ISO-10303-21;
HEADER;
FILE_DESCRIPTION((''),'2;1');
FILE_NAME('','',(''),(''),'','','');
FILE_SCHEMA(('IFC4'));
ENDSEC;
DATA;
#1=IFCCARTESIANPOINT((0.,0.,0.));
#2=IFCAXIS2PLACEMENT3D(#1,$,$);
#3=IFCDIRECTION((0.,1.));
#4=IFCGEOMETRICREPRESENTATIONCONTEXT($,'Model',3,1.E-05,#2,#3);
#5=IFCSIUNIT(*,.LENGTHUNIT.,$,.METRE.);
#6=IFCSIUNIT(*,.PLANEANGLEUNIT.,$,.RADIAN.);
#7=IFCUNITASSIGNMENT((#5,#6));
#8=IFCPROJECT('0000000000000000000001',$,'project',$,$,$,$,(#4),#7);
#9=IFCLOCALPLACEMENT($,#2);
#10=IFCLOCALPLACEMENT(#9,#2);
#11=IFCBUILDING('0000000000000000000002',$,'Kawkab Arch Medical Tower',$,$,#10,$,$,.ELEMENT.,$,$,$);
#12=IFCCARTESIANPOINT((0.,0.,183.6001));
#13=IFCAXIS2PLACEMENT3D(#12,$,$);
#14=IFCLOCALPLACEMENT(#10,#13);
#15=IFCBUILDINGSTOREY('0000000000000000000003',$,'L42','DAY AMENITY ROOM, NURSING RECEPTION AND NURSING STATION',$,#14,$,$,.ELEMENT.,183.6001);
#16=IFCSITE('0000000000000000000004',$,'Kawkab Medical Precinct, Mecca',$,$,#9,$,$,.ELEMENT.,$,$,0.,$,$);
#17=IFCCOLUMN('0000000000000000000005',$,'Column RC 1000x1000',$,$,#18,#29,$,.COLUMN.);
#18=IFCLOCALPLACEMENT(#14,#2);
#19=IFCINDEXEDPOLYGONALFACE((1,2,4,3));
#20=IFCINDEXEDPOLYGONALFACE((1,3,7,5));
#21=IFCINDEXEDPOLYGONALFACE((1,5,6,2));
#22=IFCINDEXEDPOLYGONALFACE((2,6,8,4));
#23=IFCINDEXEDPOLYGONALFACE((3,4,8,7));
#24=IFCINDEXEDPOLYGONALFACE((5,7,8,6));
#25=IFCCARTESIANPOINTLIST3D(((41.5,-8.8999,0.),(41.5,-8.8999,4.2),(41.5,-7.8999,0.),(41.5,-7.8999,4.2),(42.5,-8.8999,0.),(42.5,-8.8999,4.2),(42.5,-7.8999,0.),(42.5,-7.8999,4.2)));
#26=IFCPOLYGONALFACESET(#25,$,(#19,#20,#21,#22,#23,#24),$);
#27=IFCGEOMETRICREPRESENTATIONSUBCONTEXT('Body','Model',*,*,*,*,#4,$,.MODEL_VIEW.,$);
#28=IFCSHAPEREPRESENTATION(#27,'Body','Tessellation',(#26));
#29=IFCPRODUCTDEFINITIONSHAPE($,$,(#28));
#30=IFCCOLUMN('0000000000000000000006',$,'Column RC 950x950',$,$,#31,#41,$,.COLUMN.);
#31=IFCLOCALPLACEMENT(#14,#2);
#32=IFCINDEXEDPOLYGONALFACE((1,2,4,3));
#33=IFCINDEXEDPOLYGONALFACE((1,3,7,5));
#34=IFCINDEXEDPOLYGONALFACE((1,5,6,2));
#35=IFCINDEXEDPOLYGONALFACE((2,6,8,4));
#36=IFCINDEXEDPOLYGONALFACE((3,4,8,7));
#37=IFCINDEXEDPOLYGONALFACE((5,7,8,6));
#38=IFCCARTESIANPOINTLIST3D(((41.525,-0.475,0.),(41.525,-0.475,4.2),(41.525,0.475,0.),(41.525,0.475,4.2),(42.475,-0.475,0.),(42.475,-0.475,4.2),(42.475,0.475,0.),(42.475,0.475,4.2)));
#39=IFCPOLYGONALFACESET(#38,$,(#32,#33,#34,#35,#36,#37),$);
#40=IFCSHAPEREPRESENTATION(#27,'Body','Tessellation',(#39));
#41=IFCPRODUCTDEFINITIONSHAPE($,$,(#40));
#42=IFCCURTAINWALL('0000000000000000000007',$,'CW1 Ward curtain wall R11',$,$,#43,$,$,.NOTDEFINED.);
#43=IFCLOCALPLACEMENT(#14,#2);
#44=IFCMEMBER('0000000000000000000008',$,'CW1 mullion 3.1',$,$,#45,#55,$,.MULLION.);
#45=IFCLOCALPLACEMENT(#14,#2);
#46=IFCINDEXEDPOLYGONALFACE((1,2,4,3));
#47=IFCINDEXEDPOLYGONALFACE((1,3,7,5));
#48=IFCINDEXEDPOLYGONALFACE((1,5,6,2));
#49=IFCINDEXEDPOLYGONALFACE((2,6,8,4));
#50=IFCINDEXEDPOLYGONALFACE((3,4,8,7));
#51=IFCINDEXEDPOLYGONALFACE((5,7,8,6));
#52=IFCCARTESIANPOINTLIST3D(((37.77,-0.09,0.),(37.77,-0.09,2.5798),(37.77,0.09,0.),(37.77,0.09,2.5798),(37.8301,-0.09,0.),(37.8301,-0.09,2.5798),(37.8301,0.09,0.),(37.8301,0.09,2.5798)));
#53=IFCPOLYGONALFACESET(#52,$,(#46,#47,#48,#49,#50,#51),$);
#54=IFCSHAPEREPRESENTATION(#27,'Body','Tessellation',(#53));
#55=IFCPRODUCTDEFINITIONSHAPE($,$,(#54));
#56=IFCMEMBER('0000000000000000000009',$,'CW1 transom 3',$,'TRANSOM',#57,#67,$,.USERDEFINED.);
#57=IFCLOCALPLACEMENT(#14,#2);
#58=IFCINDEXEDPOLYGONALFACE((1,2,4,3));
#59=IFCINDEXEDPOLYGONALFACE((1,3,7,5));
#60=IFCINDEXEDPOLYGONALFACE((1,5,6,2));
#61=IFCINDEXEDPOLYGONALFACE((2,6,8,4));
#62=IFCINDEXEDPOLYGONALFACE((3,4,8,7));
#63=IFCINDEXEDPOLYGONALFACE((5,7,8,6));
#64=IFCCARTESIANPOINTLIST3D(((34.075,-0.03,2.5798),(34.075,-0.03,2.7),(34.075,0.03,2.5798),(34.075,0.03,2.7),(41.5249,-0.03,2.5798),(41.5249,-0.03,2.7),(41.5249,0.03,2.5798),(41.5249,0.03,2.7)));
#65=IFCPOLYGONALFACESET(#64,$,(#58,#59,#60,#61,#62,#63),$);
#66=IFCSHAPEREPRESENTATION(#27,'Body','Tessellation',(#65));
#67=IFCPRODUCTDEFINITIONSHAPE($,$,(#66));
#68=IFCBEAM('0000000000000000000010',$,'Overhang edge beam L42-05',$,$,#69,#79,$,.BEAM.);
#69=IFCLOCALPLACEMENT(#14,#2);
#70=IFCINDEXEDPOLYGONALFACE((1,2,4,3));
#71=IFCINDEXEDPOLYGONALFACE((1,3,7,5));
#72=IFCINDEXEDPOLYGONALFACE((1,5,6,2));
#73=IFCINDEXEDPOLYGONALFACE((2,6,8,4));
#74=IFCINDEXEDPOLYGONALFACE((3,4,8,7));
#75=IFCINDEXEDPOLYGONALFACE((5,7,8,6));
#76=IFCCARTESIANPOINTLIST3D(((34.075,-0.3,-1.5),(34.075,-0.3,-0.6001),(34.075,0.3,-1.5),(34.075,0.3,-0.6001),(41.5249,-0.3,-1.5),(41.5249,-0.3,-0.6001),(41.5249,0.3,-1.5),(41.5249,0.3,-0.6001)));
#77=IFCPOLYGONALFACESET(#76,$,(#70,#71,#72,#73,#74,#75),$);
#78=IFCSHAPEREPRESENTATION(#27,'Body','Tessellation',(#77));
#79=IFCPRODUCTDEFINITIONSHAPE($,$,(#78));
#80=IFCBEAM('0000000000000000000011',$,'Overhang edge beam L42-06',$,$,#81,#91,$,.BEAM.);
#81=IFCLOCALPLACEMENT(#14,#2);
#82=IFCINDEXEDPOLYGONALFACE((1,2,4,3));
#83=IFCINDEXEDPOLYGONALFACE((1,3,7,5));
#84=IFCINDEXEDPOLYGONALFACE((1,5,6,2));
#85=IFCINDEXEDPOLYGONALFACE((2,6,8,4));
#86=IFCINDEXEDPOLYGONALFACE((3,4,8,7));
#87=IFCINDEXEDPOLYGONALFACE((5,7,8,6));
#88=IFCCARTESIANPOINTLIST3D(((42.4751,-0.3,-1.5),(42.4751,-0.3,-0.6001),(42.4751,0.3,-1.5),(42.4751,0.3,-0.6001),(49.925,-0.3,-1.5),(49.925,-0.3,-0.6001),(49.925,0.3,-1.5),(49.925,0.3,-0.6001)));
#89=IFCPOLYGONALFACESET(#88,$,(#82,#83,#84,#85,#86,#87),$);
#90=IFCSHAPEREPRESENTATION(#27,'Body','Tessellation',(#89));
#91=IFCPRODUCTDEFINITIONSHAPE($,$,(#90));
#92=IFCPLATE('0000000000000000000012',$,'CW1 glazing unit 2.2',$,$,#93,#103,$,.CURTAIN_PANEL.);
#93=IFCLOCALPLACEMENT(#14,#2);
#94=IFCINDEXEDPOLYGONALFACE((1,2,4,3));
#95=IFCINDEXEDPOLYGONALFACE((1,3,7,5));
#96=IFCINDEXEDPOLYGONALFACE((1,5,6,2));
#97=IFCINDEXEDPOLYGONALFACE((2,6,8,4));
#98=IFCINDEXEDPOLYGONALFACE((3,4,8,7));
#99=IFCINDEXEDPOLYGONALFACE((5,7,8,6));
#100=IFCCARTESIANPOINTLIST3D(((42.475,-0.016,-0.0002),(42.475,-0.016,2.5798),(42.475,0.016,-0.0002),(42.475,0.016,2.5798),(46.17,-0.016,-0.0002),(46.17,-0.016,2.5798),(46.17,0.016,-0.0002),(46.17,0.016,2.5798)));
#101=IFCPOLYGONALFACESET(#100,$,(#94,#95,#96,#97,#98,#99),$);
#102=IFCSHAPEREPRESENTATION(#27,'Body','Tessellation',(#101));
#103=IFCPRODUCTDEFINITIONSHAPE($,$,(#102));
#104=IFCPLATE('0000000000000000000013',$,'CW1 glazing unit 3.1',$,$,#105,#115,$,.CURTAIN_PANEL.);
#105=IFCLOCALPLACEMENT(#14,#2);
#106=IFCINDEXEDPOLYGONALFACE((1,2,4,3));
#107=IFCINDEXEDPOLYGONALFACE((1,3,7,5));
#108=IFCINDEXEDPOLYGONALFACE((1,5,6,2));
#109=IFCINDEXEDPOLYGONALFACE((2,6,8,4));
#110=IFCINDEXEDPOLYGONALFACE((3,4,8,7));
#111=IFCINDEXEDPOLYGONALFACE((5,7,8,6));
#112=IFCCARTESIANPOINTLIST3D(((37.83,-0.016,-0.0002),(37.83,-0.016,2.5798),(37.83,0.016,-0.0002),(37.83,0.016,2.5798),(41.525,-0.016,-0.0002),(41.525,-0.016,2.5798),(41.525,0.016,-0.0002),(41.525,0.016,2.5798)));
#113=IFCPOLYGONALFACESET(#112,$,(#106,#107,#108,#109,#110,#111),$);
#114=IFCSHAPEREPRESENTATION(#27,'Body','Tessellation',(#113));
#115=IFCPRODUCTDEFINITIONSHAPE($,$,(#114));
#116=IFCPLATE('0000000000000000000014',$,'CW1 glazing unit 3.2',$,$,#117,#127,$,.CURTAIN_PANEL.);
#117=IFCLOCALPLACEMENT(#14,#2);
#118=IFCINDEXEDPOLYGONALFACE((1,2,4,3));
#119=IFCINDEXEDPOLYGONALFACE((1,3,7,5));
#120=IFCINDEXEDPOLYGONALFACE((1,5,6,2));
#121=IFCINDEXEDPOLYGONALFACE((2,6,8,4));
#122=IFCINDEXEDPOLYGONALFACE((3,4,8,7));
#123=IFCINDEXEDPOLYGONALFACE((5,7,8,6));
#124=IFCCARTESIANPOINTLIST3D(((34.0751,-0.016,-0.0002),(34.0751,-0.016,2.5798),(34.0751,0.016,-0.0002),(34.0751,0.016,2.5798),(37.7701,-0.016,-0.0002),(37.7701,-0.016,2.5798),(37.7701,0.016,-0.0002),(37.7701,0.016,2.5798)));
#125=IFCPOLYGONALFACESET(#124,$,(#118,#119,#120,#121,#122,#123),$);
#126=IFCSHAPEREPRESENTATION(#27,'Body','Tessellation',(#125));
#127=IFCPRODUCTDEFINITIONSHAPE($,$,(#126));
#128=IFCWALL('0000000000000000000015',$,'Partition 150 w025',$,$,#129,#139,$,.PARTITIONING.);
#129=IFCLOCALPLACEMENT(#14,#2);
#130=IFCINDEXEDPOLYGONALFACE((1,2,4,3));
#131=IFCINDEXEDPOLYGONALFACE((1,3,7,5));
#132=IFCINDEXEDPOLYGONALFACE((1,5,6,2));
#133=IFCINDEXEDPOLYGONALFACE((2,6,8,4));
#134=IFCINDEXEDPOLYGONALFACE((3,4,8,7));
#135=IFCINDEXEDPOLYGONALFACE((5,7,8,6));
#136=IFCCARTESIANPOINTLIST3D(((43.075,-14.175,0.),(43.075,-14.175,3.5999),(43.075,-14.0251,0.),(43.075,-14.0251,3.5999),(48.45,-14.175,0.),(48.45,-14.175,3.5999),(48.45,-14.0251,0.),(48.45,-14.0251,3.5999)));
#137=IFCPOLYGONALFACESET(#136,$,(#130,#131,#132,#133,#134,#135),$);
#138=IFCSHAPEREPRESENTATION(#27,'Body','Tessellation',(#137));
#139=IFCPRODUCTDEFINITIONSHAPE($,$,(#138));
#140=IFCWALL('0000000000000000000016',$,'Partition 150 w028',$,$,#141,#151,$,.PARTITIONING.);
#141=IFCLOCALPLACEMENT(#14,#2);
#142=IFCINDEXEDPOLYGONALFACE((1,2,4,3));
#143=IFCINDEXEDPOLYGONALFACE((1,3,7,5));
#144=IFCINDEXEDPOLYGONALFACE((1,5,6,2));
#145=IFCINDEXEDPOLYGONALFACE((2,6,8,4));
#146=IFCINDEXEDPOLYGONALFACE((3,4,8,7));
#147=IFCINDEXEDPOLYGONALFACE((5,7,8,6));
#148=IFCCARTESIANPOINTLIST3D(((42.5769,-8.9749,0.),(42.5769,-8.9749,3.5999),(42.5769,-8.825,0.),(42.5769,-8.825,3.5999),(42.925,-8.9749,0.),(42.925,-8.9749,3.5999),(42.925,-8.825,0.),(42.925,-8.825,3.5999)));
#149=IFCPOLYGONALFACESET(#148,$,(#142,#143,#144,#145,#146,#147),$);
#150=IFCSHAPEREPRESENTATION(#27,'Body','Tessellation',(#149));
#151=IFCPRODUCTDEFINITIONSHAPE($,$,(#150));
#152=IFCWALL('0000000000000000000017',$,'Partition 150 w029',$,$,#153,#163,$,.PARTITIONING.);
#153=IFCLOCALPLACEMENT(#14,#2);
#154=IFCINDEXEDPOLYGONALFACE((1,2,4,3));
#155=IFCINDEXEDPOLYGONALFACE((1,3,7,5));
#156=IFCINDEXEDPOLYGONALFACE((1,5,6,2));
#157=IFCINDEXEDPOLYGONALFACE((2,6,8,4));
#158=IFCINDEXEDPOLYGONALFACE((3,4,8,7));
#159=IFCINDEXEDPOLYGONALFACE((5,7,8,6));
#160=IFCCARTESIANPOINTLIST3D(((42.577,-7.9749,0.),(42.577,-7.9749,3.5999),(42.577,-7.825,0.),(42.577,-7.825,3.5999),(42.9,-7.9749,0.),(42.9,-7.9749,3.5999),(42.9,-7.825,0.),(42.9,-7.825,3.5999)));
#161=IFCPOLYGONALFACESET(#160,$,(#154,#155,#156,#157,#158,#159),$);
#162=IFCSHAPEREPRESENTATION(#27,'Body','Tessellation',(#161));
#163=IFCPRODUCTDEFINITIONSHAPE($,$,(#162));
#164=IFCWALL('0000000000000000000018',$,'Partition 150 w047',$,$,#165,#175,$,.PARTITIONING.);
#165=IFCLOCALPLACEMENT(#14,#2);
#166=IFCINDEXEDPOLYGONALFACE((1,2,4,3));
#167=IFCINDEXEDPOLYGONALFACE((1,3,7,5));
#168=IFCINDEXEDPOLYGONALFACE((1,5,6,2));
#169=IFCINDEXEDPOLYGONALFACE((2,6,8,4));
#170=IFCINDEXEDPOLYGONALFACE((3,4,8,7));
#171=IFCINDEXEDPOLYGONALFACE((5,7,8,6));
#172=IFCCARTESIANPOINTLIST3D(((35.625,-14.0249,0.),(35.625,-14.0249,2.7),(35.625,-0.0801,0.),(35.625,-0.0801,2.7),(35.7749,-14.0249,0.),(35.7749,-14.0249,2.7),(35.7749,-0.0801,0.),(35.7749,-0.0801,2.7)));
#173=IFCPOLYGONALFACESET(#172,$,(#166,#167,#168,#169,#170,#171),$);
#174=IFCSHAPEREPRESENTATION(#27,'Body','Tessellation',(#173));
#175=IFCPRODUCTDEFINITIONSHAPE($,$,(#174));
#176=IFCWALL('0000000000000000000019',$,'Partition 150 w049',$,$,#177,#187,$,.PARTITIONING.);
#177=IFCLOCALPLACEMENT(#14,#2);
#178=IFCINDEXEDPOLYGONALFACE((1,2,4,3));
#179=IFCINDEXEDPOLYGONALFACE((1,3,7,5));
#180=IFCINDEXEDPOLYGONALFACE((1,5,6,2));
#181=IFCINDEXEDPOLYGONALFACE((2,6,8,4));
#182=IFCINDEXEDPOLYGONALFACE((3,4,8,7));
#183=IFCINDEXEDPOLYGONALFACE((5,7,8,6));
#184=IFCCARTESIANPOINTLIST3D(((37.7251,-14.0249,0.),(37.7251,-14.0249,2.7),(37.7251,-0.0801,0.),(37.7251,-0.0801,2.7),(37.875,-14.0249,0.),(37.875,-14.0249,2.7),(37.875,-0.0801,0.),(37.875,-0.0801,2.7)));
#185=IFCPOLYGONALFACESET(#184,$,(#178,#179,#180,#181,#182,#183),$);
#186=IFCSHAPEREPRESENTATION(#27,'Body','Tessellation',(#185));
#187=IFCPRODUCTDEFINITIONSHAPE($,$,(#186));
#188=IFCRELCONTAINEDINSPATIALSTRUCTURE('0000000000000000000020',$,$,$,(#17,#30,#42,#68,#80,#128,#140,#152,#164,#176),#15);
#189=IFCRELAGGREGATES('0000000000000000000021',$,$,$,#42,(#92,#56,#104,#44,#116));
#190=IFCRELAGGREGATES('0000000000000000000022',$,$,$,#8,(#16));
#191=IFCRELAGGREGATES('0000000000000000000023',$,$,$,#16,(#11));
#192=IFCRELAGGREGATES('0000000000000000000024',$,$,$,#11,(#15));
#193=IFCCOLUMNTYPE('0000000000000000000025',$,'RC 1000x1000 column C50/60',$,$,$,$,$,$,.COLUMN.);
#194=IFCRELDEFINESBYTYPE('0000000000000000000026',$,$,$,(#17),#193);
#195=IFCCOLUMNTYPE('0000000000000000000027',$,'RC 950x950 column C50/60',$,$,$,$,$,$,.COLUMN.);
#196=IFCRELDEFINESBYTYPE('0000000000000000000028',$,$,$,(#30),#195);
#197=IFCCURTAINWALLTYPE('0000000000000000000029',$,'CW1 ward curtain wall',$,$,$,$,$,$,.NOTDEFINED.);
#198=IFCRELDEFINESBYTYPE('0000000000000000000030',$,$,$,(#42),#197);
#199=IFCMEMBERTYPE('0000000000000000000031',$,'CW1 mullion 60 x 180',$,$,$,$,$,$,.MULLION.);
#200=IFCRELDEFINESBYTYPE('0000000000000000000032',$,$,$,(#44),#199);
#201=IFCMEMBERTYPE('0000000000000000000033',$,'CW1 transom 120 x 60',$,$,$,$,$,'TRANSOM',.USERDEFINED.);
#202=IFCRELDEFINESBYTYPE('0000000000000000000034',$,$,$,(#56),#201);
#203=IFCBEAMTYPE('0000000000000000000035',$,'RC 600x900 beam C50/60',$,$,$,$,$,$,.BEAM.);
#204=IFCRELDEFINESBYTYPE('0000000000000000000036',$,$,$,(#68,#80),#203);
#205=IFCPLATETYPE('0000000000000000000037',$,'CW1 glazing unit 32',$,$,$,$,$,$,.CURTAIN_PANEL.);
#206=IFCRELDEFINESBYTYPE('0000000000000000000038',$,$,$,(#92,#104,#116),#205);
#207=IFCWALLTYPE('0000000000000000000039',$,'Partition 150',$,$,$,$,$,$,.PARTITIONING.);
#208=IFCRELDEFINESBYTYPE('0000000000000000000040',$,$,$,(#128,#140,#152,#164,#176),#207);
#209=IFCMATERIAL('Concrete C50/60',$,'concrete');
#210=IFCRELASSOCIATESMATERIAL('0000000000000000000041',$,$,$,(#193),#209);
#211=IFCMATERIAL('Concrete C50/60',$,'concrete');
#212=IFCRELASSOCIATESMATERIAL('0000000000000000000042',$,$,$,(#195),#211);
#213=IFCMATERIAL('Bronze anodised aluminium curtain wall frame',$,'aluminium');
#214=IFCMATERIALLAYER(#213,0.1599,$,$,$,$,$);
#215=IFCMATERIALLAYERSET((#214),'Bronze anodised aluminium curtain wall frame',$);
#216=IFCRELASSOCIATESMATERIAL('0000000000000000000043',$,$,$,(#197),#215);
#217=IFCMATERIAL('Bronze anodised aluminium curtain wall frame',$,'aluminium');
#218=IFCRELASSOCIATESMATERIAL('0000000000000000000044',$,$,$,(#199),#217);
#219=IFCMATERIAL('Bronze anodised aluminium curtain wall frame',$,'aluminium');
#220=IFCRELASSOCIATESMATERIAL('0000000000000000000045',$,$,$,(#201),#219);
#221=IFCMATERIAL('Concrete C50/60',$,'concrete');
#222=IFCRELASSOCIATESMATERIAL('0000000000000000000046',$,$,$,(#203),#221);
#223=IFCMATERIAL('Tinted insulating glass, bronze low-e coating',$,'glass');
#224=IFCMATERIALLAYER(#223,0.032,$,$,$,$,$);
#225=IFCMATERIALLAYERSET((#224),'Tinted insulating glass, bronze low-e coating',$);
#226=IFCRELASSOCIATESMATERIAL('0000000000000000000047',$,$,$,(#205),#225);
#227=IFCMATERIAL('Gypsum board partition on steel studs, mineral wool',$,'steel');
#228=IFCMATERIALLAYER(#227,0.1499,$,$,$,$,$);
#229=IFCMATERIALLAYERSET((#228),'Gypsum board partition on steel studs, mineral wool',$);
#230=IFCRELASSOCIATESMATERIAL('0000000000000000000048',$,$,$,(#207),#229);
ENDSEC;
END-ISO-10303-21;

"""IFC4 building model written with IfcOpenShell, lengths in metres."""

from ifc_helpers import new_model, si_unit, direction, frame, frame_2d, origin, origin_2d, place, context, subcontext, project, spatial, rectangle, extrude, material, layer, layer_set, material_profile, profile_set, type_object, element, aggregate, save


model = new_model("IFC4")

# Units and contexts
model_context = context("Model", 3, precision=1e-05, world=origin(), true_north=direction((0.0, 1.0)))
body_context = subcontext(model_context, "Body", "Model", "MODEL_VIEW")
ifc_project = project(units=[si_unit("LENGTHUNIT", "METRE"), si_unit("PLANEANGLEUNIT", "RADIAN")], contexts=[model_context])

# Site, building, storey
site_placement = place(None, origin())
site = spatial("IfcSite", under=ifc_project, at=site_placement, Name="Kawkab Medical Precinct, Mecca", CompositionType="ELEMENT", RefElevation=0.0)
building_placement = place(site_placement, origin())
building = spatial("IfcBuilding", under=site, at=building_placement, Name="Kawkab Arch Medical Tower", CompositionType="ELEMENT")
storey_placement = place(building_placement, frame((0.0, 0.0, 183.6001)))
storey = spatial("IfcBuildingStorey", under=building, at=storey_placement, Name="L42", Description="DAY AMENITY ROOM, NURSING RECEPTION AND NURSING STATION", CompositionType="ELEMENT", Elevation=183.6001)

# Columns
ifc_material_1 = material(Name="Concrete C50/60", Category="concrete")
ifc_material_profile_1 = material_profile(ifc_material_1, rectangle(XDim=1.0, YDim=1.0, at=origin_2d()), Name="RC 1000x1000")
ifc_profile_set_1 = profile_set([ifc_material_profile_1], Name="Concrete C50/60")
column_type_1 = type_object("IfcColumnType", Name="RC 1000x1000 column C50/60", PredefinedType="COLUMN", material=ifc_profile_set_1)
column_1_placement = place(storey_placement, frame((42.0, -8.3999, 0.0), z_axis=(0.0, 0.0, 1.0), x_axis=(1.0, 0.0, 0.0)))
element("IfcColumn", 1, at=column_1_placement, inside=storey, type_object=column_type_1, Name="Column RC 1000x1000", PredefinedType="COLUMN", context=body_context, shape_type="SweptSolid", body=[
    extrude(rectangle(XDim=1.0, YDim=1.0, at=origin_2d()), origin(), (0.0, 0.0, 1.0), 4.2),
])
ifc_material_2 = material(Name="Concrete C50/60", Category="concrete")
ifc_material_profile_2 = material_profile(ifc_material_2, rectangle(XDim=0.95, YDim=0.95, at=origin_2d()), Name="RC 950x950")
ifc_profile_set_2 = profile_set([ifc_material_profile_2], Name="Concrete C50/60")
column_type_2 = type_object("IfcColumnType", Name="RC 950x950 column C50/60", PredefinedType="COLUMN", material=ifc_profile_set_2)
column_2_placement = place(storey_placement, frame((42.0, 0.0, 0.0), z_axis=(0.0, 0.0, 1.0), x_axis=(1.0, 0.0, 0.0)))
element("IfcColumn", 2, at=column_2_placement, inside=storey, type_object=column_type_2, Name="Column RC 950x950", PredefinedType="COLUMN", context=body_context, shape_type="SweptSolid", body=[
    extrude(rectangle(XDim=0.95, YDim=0.95, at=origin_2d()), origin(), (0.0, 0.0, 1.0), 4.2),
])

# Curtain wall, members
ifc_material_3 = material(Name="Bronze anodised aluminium curtain wall frame", Category="aluminium")
ifc_layer_1 = layer(ifc_material_3, 0.1599)
ifc_layer_set_1 = layer_set([ifc_layer_1], Name="Bronze anodised aluminium curtain wall frame")
curtain_wall_type = type_object("IfcCurtainWallType", Name="CW1 ward curtain wall", PredefinedType="NOTDEFINED", material=ifc_layer_set_1)
placement = place(storey_placement, origin())
curtain_wall = element("IfcCurtainWall", 3, at=placement, inside=storey, type_object=curtain_wall_type, Name="CW1 Ward curtain wall R11", PredefinedType="NOTDEFINED")
ifc_material_4 = material(Name="Bronze anodised aluminium curtain wall frame", Category="aluminium")
ifc_material_profile_3 = material_profile(ifc_material_4, rectangle(XDim=0.1799, YDim=0.0601, at=origin_2d()), Name="AL 60x180")
ifc_profile_set_3 = profile_set([ifc_material_profile_3], Name="Bronze anodised aluminium curtain wall frame")
member_type_1 = type_object("IfcMemberType", Name="CW1 mullion 60 x 180", PredefinedType="MULLION", material=ifc_profile_set_3)
member_1_placement = place(storey_placement, frame((37.8, 0.0, 0.0), z_axis=(0.0, 0.0, 1.0), x_axis=(0.0, -1.0, 0.0)))
member_1 = element("IfcMember", 4, at=member_1_placement, type_object=member_type_1, Name="CW1 mullion 3.1", PredefinedType="MULLION", context=body_context, shape_type="SweptSolid", body=[
    extrude(rectangle(XDim=0.1799, YDim=0.0601, at=origin_2d()), origin(), (0.0, 0.0, 1.0), 2.5798),
])
ifc_material_5 = material(Name="Bronze anodised aluminium curtain wall frame", Category="aluminium")
ifc_material_profile_4 = material_profile(ifc_material_5, rectangle(XDim=0.0601, YDim=0.1201, at=origin_2d()), Name="AL 60x120")
ifc_profile_set_4 = profile_set([ifc_material_profile_4], Name="Bronze anodised aluminium curtain wall frame")
member_type_2 = type_object("IfcMemberType", Name="CW1 transom 120 x 60", ElementType="TRANSOM", PredefinedType="USERDEFINED", material=ifc_profile_set_4)
member_2_placement = place(storey_placement, frame((41.5249, 0.0, 2.6399), z_axis=(-1.0, 0.0, 0.0), x_axis=(0.0, -1.0, 0.0)))
member_2 = element("IfcMember", 5, at=member_2_placement, type_object=member_type_2, Name="CW1 transom 3", ObjectType="TRANSOM", PredefinedType="USERDEFINED", context=body_context, shape_type="SweptSolid", body=[
    extrude(rectangle(XDim=0.0601, YDim=0.1201, at=origin_2d()), origin(), (0.0, 0.0, 1.0), 7.45),
])

# Beams
ifc_material_6 = material(Name="Concrete C50/60", Category="concrete")
ifc_material_profile_5 = material_profile(ifc_material_6, rectangle(XDim=0.6001, YDim=0.8999, at=origin_2d()), Name="RC 600x900")
ifc_profile_set_5 = profile_set([ifc_material_profile_5], Name="Concrete C50/60")
beam_type = type_object("IfcBeamType", Name="RC 600x900 beam C50/60", PredefinedType="BEAM", material=ifc_profile_set_5)
for number, where, z_axis, x_axis, name in (
    (6, (34.075, 0.0, -1.05), (1.0, 0.0, 0.0), (0.0, 1.0, 0.0), "Overhang edge beam L42-05"),
    (7, (42.4751, 0.0, -1.05), (1.0, 0.0, 0.0), (0.0, 1.0, 0.0), "Overhang edge beam L42-06"),
):
    element("IfcBeam", number, at=place(storey_placement, frame(where, z_axis=z_axis, x_axis=x_axis)), inside=storey, type_object=beam_type, Name=name, PredefinedType="BEAM", context=body_context, shape_type="SweptSolid", body=[
        extrude(rectangle(XDim=0.6001, YDim=0.8999, at=origin_2d()), origin(), (0.0, 0.0, 1.0), 7.45),
    ])

# Plates
ifc_material_7 = material(Name="Tinted insulating glass, bronze low-e coating", Category="glass")
ifc_layer_2 = layer(ifc_material_7, 0.032)
ifc_layer_set_2 = layer_set([ifc_layer_2], Name="Tinted insulating glass, bronze low-e coating")
plate_type = type_object("IfcPlateType", Name="CW1 glazing unit 32", PredefinedType="CURTAIN_PANEL", material=ifc_layer_set_2)
plate_1_placement = place(storey_placement, frame((44.3225, 0.0, -0.0002), z_axis=(0.0, 0.0, 1.0), x_axis=(-1.0, 0.0, 0.0)))
plate_1 = element("IfcPlate", 8, at=plate_1_placement, type_object=plate_type, Name="CW1 glazing unit 2.2", PredefinedType="CURTAIN_PANEL", context=body_context, shape_type="SweptSolid", body=[
    extrude(rectangle(XDim=3.6951, YDim=0.032, at=origin_2d()), origin(), (0.0, 0.0, 1.0), 2.5801),
])
plate_2_placement = place(storey_placement, frame((39.6775, 0.0, -0.0002), z_axis=(0.0, 0.0, 1.0), x_axis=(-1.0, 0.0, 0.0)))
plate_2 = element("IfcPlate", 9, at=plate_2_placement, type_object=plate_type, Name="CW1 glazing unit 3.1", PredefinedType="CURTAIN_PANEL", context=body_context, shape_type="SweptSolid", body=[
    extrude(rectangle(XDim=3.6951, YDim=0.032, at=origin_2d()), origin(), (0.0, 0.0, 1.0), 2.5801),
])
plate_3_placement = place(storey_placement, frame((35.9226, 0.0, -0.0002), z_axis=(0.0, 0.0, 1.0), x_axis=(-1.0, 0.0, 0.0)))
plate_3 = element("IfcPlate", 10, at=plate_3_placement, type_object=plate_type, Name="CW1 glazing unit 3.2", PredefinedType="CURTAIN_PANEL", context=body_context, shape_type="SweptSolid", body=[
    extrude(rectangle(XDim=3.6951, YDim=0.032, at=origin_2d()), origin(), (0.0, 0.0, 1.0), 2.5801),
])
aggregate(curtain_wall, [plate_1, member_2, plate_2, member_1, plate_3])

# Walls
ifc_material_8 = material(Name="Gypsum board partition on steel studs, mineral wool", Category="steel")
ifc_layer_3 = layer(ifc_material_8, 0.1499)
ifc_layer_set_3 = layer_set([ifc_layer_3], Name="Gypsum board partition on steel studs, mineral wool")
wall_type_1 = type_object("IfcWallType", Name="Partition 150", PredefinedType="PARTITIONING", material=ifc_layer_set_3)
wall_1_placement = place(storey_placement, frame((43.075, -14.1001, 0.0), z_axis=(0.0, 0.0, 1.0), x_axis=(1.0, 0.0, 0.0)))
element("IfcWall", 11, at=wall_1_placement, inside=storey, type_object=wall_type_1, Name="Partition 150 w025", PredefinedType="PARTITIONING", context=body_context, shape_type="SweptSolid", body=[
    extrude(rectangle(XDim=5.375, YDim=0.1499, at=frame_2d((2.6875, 0.0))), origin(), (0.0, 0.0, 1.0), 3.5999),
])
wall_2_placement = place(storey_placement, frame((42.5769, -8.8999, 0.0), z_axis=(0.0, 0.0, 1.0), x_axis=(1.0, 0.0, 0.0)))
element("IfcWall", 12, at=wall_2_placement, inside=storey, type_object=wall_type_1, Name="Partition 150 w028", PredefinedType="PARTITIONING", context=body_context, shape_type="SweptSolid", body=[
    extrude(rectangle(XDim=0.3481, YDim=0.1499, at=frame_2d((0.1741, 0.0))), origin(), (0.0, 0.0, 1.0), 3.5999),
])
wall_3_placement = place(storey_placement, frame((42.5769, -7.8999, 0.0), z_axis=(0.0, 0.0, 1.0), x_axis=(1.0, 0.0, 0.0)))
element("IfcWall", 13, at=wall_3_placement, inside=storey, type_object=wall_type_1, Name="Partition 150 w029", PredefinedType="PARTITIONING", context=body_context, shape_type="SweptSolid", body=[
    extrude(rectangle(XDim=0.323, YDim=0.1499, at=frame_2d((0.1616, 0.0))), origin(), (0.0, 0.0, 1.0), 3.5999),
])
for number, where, z_axis, x_axis, name in (
    (14, (35.7, -14.0249, 0.0), (0.0, 0.0, 1.0), (0.0, 1.0, 0.0), "Partition 150 w047"),
    (15, (37.8, -14.0249, 0.0), (0.0, 0.0, 1.0), (0.0, 1.0, 0.0), "Partition 150 w049"),
):
    element("IfcWall", number, at=place(storey_placement, frame(where, z_axis=z_axis, x_axis=x_axis)), inside=storey, type_object=wall_type_1, Name=name, PredefinedType="PARTITIONING", context=body_context, shape_type="SweptSolid", body=[
        extrude(rectangle(XDim=13.9448, YDim=0.1499, at=frame_2d((6.9724, 0.0))), origin(), (0.0, 0.0, 1.0), 2.7),
    ])

save(model, "model.ifc")
